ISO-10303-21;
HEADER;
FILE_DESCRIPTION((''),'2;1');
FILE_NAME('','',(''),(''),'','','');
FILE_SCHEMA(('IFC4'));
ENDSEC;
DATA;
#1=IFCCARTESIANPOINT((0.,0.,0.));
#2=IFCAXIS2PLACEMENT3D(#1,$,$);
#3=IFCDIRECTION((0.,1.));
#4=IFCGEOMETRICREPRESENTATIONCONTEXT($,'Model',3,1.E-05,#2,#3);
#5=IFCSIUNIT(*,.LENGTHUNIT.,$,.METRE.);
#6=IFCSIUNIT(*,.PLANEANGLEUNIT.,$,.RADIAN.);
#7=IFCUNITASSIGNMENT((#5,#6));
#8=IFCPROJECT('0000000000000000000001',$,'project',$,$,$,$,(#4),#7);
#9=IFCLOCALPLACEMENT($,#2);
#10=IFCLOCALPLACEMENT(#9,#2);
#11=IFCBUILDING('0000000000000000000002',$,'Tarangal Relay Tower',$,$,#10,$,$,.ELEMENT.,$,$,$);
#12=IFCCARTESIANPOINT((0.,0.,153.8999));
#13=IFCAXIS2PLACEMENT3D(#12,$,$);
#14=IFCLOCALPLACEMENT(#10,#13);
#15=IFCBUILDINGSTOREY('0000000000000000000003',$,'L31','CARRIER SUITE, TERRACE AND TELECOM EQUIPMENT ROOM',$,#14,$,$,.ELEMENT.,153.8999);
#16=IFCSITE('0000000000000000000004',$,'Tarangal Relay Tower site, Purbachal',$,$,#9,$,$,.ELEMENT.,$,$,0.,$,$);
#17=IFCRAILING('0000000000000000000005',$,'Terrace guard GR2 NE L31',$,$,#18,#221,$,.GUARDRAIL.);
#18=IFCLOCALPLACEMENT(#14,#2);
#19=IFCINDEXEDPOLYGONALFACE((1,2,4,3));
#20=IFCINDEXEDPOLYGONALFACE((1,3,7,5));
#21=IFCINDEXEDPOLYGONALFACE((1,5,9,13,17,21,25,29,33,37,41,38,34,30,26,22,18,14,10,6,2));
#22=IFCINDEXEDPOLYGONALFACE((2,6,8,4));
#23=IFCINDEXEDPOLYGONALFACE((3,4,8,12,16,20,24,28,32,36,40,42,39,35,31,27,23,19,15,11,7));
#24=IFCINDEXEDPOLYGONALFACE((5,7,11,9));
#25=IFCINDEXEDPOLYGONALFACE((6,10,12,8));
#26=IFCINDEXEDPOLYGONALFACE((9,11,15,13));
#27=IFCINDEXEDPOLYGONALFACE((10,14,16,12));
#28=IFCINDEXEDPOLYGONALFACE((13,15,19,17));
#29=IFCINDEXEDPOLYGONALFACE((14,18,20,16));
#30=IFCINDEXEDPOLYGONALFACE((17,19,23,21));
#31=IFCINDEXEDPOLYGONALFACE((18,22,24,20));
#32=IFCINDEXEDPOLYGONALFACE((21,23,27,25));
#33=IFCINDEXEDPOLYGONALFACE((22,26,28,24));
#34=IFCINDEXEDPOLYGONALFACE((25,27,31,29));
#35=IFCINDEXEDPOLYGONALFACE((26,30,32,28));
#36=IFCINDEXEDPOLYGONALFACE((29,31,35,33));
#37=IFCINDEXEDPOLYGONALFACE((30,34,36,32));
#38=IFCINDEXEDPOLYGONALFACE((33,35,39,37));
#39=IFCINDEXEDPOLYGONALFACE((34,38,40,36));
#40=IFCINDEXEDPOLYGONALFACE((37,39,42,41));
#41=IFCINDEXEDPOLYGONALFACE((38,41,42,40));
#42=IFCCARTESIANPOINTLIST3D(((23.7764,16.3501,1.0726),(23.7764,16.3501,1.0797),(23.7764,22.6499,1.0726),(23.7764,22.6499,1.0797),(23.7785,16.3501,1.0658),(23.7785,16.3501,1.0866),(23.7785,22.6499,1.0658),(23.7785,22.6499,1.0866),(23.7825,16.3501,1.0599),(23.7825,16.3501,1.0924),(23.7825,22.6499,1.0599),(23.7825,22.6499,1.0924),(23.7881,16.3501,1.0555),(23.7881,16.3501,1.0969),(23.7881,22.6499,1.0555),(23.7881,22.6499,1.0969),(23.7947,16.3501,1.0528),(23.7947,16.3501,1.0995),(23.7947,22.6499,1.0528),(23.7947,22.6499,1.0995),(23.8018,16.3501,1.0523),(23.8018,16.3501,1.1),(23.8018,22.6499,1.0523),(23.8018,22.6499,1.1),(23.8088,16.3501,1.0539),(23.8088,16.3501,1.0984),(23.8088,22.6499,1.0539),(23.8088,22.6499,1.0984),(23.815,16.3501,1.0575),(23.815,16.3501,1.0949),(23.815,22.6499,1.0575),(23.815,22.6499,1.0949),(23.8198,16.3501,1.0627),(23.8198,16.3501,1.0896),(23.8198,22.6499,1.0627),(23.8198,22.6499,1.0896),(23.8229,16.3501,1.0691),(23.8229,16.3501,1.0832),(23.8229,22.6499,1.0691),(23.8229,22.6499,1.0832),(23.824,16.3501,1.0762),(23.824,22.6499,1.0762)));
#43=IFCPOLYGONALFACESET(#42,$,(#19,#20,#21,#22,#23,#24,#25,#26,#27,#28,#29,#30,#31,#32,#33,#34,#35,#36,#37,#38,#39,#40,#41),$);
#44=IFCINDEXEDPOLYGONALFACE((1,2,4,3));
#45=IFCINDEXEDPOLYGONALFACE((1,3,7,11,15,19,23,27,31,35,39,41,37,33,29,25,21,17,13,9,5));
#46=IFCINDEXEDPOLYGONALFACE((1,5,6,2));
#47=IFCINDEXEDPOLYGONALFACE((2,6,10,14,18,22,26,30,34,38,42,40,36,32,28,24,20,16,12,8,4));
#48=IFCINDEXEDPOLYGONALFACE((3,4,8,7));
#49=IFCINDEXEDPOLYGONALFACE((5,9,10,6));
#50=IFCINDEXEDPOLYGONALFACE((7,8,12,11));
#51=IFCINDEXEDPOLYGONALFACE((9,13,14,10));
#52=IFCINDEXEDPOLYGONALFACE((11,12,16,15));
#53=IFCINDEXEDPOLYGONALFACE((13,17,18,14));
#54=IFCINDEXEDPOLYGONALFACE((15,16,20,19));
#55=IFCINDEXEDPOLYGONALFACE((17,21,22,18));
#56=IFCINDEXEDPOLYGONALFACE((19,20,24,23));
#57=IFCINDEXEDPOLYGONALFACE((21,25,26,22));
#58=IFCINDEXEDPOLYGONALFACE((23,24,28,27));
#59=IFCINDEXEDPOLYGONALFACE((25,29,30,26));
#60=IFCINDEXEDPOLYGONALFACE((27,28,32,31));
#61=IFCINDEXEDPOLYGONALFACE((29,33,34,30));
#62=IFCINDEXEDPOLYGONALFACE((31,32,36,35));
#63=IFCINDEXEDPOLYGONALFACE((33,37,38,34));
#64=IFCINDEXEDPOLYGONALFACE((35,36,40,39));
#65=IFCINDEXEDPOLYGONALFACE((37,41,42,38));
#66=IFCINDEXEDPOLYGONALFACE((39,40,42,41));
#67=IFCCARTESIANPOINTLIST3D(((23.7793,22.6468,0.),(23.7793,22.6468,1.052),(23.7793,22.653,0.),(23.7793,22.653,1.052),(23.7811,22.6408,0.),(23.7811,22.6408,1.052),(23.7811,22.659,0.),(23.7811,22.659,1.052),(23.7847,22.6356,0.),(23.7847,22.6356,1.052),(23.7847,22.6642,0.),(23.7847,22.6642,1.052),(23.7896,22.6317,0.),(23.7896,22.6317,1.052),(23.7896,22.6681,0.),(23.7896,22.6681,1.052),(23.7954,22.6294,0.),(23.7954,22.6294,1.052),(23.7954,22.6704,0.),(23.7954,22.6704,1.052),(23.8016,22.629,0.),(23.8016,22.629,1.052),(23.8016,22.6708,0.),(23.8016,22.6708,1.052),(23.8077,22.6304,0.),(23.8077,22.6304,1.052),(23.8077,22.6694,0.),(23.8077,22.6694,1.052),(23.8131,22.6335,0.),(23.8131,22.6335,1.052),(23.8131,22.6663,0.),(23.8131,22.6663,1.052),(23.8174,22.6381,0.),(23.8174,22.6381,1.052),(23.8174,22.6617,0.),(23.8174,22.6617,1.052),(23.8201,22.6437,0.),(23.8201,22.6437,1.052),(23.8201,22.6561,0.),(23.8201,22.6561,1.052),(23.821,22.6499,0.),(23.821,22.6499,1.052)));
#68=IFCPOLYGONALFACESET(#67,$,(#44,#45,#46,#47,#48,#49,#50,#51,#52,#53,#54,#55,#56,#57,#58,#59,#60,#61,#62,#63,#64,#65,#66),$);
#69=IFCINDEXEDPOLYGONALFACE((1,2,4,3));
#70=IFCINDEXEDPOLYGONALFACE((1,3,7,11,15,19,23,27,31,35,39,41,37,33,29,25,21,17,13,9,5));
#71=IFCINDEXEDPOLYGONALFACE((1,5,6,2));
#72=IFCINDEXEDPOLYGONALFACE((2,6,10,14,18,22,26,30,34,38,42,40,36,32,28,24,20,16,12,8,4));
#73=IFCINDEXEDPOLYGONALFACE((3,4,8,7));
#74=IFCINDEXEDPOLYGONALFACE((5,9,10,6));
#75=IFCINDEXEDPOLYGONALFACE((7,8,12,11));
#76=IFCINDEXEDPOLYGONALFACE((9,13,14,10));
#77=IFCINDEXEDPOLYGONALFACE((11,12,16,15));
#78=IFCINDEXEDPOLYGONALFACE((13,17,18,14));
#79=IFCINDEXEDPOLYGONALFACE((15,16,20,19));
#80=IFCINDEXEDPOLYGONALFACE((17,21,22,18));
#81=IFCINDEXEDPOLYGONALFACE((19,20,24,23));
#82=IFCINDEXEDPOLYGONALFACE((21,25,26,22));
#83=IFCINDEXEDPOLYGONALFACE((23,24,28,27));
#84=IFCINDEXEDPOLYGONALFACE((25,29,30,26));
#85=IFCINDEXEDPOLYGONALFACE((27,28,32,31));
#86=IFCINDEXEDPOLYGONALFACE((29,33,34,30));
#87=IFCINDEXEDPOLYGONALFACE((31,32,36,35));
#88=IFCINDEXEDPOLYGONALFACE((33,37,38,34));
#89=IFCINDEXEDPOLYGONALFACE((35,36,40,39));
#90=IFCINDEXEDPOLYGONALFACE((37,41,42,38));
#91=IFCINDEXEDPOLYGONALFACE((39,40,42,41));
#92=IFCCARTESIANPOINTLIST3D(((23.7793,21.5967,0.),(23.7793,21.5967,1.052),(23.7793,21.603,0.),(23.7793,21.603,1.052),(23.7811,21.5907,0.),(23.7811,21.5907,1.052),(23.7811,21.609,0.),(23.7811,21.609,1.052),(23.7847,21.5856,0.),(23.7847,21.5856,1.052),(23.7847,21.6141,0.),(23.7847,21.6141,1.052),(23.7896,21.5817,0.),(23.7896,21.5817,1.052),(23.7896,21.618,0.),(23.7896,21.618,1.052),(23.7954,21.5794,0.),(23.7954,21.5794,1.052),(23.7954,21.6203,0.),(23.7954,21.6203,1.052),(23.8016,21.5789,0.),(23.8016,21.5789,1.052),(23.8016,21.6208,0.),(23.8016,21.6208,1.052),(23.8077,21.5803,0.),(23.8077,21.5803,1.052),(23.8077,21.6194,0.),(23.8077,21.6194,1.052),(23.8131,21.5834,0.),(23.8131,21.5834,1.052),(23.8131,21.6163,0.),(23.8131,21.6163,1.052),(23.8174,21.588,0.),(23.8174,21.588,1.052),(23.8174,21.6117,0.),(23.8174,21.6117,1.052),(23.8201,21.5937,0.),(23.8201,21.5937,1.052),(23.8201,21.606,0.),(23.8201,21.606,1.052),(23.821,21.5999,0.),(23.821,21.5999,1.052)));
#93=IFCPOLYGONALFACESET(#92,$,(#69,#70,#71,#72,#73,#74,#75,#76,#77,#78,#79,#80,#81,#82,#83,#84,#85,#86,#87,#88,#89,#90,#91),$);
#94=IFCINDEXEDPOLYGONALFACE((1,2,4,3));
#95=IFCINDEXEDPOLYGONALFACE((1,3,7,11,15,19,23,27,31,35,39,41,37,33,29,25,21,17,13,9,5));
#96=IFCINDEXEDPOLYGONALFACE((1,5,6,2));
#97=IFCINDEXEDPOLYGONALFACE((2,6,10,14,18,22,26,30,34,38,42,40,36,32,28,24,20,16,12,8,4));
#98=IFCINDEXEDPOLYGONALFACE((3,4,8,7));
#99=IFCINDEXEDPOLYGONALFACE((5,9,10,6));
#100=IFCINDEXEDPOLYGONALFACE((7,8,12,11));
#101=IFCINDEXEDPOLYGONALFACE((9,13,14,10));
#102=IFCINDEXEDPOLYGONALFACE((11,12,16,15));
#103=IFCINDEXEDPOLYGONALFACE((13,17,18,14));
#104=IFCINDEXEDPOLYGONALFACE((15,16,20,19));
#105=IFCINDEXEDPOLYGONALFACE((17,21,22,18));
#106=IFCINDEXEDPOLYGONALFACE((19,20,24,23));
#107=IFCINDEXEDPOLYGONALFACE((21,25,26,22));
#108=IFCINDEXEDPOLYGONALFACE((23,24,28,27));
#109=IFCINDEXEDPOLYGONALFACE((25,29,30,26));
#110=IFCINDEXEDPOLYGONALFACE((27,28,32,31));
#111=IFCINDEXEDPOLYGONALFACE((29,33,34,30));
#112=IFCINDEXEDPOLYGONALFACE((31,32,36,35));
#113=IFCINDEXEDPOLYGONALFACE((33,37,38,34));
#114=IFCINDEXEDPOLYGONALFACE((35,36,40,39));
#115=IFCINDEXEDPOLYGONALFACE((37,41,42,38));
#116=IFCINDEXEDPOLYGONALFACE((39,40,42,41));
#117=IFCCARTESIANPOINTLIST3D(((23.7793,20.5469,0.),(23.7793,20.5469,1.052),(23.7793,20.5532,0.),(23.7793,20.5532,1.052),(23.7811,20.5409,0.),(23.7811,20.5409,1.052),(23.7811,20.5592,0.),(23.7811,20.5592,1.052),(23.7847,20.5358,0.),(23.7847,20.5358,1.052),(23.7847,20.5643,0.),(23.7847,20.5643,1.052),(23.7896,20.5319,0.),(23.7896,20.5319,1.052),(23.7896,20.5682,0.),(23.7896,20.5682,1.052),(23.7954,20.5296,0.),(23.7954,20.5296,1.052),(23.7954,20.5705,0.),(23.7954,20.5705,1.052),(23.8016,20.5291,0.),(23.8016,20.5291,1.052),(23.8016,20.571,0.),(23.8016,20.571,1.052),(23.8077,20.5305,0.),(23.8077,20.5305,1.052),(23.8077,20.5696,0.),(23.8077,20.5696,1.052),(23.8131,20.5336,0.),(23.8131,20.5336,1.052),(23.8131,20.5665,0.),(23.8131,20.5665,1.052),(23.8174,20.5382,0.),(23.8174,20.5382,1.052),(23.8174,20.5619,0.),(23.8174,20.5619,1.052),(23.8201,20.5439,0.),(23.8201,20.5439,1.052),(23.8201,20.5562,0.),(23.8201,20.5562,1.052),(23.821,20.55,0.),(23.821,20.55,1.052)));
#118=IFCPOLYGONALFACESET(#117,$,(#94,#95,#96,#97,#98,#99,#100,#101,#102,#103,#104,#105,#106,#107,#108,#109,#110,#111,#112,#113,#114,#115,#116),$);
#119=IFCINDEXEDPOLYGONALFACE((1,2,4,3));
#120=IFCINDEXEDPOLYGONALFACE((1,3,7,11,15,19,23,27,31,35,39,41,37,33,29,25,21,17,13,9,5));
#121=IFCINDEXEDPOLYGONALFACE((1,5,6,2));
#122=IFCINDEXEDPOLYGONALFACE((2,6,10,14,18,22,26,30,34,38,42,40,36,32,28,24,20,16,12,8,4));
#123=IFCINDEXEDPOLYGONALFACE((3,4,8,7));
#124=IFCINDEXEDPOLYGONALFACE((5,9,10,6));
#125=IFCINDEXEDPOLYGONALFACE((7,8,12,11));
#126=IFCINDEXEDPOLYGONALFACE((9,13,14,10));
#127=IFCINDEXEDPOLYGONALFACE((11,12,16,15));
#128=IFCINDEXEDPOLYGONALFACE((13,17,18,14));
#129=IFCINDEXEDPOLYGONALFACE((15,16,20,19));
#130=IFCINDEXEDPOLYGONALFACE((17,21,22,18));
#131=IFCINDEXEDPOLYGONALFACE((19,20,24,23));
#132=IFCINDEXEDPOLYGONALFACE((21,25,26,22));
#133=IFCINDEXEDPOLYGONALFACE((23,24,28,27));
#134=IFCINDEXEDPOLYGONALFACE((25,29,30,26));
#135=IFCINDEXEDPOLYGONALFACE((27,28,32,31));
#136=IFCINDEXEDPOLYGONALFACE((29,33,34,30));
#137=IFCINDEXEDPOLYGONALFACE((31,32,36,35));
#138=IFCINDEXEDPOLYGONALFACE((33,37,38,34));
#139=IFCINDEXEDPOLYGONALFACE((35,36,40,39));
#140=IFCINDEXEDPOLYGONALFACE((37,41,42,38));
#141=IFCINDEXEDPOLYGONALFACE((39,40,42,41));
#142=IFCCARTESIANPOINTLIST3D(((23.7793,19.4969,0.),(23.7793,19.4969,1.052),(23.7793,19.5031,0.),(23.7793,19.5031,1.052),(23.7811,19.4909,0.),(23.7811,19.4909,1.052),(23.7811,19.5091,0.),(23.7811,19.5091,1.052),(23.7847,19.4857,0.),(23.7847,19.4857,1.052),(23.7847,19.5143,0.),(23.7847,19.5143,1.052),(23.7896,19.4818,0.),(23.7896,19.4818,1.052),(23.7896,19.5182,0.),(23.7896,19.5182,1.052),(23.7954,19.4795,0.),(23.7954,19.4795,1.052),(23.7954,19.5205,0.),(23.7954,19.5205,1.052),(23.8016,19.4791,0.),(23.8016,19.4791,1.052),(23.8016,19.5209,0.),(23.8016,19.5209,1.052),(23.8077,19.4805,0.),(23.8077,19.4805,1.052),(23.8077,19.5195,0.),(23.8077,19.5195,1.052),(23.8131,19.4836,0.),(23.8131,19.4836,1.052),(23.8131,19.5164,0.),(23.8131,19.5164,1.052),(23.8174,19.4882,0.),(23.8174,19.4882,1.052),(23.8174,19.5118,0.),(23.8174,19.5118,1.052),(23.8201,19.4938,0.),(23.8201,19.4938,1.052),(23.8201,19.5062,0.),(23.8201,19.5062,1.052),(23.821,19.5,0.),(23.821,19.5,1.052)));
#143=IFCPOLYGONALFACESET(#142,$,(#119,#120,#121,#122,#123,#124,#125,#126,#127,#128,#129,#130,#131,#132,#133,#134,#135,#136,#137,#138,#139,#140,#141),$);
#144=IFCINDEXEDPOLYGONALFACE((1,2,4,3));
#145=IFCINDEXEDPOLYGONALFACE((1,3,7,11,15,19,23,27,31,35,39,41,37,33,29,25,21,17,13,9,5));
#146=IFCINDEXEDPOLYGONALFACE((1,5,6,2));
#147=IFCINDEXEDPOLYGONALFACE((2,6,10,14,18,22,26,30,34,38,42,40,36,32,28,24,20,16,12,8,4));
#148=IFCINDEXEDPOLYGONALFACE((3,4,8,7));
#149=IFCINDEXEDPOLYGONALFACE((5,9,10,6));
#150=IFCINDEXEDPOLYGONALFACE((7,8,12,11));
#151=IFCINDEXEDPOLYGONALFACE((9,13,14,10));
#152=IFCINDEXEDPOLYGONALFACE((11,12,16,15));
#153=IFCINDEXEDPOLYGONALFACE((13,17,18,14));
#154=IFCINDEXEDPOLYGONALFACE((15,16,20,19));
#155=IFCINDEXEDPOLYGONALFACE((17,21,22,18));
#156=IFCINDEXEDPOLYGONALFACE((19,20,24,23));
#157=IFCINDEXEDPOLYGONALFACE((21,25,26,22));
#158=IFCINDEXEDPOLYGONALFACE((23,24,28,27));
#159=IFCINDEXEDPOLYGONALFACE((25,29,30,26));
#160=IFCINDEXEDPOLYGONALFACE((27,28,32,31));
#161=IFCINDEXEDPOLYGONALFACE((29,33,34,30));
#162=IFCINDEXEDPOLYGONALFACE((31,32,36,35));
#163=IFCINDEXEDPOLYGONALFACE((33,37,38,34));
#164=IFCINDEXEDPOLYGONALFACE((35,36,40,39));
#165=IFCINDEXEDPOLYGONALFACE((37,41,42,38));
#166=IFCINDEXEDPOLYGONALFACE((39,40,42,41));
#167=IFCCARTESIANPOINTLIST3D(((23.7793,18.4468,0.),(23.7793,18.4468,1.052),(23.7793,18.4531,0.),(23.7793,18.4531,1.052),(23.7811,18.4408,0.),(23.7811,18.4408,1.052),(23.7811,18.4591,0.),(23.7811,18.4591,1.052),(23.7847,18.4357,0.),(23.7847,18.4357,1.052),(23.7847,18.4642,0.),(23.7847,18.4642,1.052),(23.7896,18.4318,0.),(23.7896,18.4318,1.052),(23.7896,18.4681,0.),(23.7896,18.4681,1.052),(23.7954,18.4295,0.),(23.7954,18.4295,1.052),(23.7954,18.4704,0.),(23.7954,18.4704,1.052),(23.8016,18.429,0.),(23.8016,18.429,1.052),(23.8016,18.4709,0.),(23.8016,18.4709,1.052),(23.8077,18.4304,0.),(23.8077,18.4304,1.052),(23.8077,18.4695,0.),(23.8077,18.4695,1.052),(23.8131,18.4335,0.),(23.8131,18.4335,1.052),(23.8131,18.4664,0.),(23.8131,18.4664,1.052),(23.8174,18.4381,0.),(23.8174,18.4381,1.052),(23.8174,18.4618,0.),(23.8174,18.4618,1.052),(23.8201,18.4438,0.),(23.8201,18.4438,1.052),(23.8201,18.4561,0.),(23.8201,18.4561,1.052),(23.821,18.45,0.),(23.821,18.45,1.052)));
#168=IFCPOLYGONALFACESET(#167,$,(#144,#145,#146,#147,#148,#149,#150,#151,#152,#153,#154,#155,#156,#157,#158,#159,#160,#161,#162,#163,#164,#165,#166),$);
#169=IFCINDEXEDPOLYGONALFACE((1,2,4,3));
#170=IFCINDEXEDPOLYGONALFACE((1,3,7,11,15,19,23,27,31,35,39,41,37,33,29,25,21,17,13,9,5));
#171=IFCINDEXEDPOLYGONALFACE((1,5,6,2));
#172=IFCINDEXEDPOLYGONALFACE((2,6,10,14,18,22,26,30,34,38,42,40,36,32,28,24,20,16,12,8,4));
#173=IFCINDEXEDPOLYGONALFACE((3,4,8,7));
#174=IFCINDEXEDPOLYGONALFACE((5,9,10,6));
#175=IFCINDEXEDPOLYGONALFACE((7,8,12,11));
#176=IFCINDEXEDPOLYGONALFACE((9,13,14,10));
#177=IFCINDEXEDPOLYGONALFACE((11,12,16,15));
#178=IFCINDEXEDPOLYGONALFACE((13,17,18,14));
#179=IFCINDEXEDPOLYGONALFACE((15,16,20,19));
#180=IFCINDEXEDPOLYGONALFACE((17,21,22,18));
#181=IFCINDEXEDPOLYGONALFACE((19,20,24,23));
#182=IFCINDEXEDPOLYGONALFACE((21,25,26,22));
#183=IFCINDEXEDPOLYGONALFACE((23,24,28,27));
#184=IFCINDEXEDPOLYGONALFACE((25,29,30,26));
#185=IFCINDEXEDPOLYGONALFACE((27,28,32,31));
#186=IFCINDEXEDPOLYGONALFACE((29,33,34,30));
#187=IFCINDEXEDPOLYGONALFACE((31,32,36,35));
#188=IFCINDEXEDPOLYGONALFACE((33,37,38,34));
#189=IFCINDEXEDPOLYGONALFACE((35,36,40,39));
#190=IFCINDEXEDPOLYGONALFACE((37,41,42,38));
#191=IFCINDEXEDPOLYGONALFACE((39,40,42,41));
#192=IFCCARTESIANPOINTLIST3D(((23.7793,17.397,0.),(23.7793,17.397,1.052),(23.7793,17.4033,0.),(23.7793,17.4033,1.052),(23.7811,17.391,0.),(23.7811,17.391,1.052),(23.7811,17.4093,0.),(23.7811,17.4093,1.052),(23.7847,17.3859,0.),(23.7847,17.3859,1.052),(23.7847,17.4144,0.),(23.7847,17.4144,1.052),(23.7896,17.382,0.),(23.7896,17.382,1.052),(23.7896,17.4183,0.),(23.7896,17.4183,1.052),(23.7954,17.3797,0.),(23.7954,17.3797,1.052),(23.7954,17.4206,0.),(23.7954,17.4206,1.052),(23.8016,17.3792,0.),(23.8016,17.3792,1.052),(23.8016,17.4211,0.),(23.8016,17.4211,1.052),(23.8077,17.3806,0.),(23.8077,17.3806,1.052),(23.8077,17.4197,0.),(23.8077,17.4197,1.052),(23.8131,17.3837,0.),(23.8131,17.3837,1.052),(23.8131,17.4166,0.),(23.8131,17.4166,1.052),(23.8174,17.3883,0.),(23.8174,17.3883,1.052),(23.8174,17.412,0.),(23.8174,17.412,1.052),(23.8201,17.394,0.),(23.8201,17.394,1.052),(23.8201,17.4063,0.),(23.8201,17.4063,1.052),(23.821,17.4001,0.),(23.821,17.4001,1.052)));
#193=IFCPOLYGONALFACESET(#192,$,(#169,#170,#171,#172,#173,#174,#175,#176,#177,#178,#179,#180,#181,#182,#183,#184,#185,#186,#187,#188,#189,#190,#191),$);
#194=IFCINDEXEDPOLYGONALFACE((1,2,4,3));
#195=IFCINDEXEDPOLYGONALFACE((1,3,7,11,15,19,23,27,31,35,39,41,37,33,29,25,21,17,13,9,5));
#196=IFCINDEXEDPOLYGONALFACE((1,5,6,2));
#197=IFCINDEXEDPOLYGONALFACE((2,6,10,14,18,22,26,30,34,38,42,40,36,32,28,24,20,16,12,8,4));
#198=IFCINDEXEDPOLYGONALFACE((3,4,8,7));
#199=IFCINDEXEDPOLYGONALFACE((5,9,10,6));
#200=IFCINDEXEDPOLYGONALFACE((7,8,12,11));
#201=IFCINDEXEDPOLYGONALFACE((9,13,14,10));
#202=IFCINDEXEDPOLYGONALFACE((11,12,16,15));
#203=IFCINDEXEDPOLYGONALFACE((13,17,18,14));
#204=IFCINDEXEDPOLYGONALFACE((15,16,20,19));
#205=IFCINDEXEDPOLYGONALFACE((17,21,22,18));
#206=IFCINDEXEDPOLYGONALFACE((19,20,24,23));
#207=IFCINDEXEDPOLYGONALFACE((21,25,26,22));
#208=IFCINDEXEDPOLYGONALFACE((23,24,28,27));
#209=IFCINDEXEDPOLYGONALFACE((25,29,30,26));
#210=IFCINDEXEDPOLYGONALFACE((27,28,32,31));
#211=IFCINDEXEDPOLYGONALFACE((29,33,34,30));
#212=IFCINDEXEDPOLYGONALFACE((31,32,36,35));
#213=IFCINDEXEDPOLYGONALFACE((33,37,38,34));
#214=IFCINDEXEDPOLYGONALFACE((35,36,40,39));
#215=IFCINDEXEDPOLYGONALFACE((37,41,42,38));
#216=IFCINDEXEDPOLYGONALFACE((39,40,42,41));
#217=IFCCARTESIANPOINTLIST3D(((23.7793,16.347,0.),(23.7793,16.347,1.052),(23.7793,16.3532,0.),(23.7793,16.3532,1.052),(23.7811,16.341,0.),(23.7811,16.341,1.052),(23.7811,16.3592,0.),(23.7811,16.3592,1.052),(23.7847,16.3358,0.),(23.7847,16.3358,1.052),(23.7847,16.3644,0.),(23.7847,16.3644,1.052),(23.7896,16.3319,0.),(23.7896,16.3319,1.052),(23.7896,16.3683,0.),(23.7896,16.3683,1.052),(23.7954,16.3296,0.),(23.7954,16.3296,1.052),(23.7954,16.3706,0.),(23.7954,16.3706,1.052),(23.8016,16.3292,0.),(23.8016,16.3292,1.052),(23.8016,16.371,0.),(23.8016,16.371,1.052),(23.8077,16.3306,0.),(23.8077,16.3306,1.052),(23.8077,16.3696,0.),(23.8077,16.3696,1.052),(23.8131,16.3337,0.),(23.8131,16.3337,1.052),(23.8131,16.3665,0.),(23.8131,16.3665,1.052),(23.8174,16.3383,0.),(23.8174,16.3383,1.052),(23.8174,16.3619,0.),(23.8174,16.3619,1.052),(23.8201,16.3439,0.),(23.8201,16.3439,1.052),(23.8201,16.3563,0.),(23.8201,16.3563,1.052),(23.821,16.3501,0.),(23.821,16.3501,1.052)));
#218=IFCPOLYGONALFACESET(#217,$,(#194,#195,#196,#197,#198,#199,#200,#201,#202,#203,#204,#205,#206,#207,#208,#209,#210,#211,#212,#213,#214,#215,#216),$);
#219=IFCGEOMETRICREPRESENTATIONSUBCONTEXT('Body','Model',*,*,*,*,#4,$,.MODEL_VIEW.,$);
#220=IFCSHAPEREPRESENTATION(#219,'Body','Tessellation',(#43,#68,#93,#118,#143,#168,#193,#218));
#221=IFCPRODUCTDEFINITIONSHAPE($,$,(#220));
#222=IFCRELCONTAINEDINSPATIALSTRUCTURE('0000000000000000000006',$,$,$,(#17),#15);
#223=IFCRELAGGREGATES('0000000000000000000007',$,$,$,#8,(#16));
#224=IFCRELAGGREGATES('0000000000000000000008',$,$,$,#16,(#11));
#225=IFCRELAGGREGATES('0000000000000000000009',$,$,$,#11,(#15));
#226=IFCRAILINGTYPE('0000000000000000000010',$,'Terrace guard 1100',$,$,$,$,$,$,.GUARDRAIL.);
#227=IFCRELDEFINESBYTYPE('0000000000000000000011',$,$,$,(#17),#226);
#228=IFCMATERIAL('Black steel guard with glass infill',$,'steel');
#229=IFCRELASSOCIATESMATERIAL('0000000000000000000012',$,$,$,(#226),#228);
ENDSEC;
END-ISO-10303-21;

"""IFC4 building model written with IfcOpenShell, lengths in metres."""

from ifc_helpers import new_model, si_unit, direction, frame, origin, origin_2d, place, context, subcontext, project, spatial, circle, extrude, material, type_object, element, save


model = new_model("IFC4")

# Units and contexts
model_context = context("Model", 3, precision=1e-05, world=origin(), true_north=direction((0.0, 1.0)))
body_context = subcontext(model_context, "Body", "Model", "MODEL_VIEW")
ifc_project = project(units=[si_unit("LENGTHUNIT", "METRE"), si_unit("PLANEANGLEUNIT", "RADIAN")], contexts=[model_context])

# Site, building, storey
site_placement = place(None, origin())
site = spatial("IfcSite", under=ifc_project, at=site_placement, Name="Tarangal Relay Tower site, Purbachal", CompositionType="ELEMENT", RefElevation=0.0)
building_placement = place(site_placement, origin())
building = spatial("IfcBuilding", under=site, at=building_placement, Name="Tarangal Relay Tower", CompositionType="ELEMENT")
storey_placement = place(building_placement, frame((0.0, 0.0, 153.8999)))
storey = spatial("IfcBuildingStorey", under=building, at=storey_placement, Name="L31", Description="CARRIER SUITE, TERRACE AND TELECOM EQUIPMENT ROOM", CompositionType="ELEMENT", Elevation=153.8999)

# Railing
ifc_material_1 = material(Name="Black steel guard with glass infill", Category="steel")
railing_type = type_object("IfcRailingType", Name="Terrace guard 1100", PredefinedType="GUARDRAIL", material=ifc_material_1)
railing_1_placement = place(storey_placement, frame((23.8, 22.6499, 0.0)))
element("IfcRailing", 1, at=railing_1_placement, inside=storey, type_object=railing_type, Name="Terrace guard GR2 NE L31", PredefinedType="GUARDRAIL", context=body_context, shape_type="SweptSolid", body=[
    extrude(circle(Radius=0.0239, at=origin_2d()), frame((0.0, 0.0, 1.0762), z_axis=(0.0, -1.0, 0.0), x_axis=(1.0, 0.0, 0.0)), (0.0, 0.0, 1.0), 6.2998),
    extrude(circle(Radius=0.021, at=origin_2d()), origin(), (0.0, 0.0, 1.0), 1.052),
    extrude(circle(Radius=0.021, at=origin_2d()), frame((0.0, -1.05, 0.0)), (0.0, 0.0, 1.0), 1.052),
    extrude(circle(Radius=0.021, at=origin_2d()), frame((0.0, -2.0999, 0.0)), (0.0, 0.0, 1.0), 1.052),
    extrude(circle(Radius=0.021, at=origin_2d()), frame((0.0, -3.1499, 0.0)), (0.0, 0.0, 1.0), 1.052),
    extrude(circle(Radius=0.021, at=origin_2d()), frame((0.0, -4.2, 0.0)), (0.0, 0.0, 1.0), 1.052),
    extrude(circle(Radius=0.021, at=origin_2d()), frame((0.0, -5.2498, 0.0)), (0.0, 0.0, 1.0), 1.052),
    extrude(circle(Radius=0.021, at=origin_2d()), frame((0.0, -6.2998, 0.0)), (0.0, 0.0, 1.0), 1.052),
])

save(model, "model.ifc")
